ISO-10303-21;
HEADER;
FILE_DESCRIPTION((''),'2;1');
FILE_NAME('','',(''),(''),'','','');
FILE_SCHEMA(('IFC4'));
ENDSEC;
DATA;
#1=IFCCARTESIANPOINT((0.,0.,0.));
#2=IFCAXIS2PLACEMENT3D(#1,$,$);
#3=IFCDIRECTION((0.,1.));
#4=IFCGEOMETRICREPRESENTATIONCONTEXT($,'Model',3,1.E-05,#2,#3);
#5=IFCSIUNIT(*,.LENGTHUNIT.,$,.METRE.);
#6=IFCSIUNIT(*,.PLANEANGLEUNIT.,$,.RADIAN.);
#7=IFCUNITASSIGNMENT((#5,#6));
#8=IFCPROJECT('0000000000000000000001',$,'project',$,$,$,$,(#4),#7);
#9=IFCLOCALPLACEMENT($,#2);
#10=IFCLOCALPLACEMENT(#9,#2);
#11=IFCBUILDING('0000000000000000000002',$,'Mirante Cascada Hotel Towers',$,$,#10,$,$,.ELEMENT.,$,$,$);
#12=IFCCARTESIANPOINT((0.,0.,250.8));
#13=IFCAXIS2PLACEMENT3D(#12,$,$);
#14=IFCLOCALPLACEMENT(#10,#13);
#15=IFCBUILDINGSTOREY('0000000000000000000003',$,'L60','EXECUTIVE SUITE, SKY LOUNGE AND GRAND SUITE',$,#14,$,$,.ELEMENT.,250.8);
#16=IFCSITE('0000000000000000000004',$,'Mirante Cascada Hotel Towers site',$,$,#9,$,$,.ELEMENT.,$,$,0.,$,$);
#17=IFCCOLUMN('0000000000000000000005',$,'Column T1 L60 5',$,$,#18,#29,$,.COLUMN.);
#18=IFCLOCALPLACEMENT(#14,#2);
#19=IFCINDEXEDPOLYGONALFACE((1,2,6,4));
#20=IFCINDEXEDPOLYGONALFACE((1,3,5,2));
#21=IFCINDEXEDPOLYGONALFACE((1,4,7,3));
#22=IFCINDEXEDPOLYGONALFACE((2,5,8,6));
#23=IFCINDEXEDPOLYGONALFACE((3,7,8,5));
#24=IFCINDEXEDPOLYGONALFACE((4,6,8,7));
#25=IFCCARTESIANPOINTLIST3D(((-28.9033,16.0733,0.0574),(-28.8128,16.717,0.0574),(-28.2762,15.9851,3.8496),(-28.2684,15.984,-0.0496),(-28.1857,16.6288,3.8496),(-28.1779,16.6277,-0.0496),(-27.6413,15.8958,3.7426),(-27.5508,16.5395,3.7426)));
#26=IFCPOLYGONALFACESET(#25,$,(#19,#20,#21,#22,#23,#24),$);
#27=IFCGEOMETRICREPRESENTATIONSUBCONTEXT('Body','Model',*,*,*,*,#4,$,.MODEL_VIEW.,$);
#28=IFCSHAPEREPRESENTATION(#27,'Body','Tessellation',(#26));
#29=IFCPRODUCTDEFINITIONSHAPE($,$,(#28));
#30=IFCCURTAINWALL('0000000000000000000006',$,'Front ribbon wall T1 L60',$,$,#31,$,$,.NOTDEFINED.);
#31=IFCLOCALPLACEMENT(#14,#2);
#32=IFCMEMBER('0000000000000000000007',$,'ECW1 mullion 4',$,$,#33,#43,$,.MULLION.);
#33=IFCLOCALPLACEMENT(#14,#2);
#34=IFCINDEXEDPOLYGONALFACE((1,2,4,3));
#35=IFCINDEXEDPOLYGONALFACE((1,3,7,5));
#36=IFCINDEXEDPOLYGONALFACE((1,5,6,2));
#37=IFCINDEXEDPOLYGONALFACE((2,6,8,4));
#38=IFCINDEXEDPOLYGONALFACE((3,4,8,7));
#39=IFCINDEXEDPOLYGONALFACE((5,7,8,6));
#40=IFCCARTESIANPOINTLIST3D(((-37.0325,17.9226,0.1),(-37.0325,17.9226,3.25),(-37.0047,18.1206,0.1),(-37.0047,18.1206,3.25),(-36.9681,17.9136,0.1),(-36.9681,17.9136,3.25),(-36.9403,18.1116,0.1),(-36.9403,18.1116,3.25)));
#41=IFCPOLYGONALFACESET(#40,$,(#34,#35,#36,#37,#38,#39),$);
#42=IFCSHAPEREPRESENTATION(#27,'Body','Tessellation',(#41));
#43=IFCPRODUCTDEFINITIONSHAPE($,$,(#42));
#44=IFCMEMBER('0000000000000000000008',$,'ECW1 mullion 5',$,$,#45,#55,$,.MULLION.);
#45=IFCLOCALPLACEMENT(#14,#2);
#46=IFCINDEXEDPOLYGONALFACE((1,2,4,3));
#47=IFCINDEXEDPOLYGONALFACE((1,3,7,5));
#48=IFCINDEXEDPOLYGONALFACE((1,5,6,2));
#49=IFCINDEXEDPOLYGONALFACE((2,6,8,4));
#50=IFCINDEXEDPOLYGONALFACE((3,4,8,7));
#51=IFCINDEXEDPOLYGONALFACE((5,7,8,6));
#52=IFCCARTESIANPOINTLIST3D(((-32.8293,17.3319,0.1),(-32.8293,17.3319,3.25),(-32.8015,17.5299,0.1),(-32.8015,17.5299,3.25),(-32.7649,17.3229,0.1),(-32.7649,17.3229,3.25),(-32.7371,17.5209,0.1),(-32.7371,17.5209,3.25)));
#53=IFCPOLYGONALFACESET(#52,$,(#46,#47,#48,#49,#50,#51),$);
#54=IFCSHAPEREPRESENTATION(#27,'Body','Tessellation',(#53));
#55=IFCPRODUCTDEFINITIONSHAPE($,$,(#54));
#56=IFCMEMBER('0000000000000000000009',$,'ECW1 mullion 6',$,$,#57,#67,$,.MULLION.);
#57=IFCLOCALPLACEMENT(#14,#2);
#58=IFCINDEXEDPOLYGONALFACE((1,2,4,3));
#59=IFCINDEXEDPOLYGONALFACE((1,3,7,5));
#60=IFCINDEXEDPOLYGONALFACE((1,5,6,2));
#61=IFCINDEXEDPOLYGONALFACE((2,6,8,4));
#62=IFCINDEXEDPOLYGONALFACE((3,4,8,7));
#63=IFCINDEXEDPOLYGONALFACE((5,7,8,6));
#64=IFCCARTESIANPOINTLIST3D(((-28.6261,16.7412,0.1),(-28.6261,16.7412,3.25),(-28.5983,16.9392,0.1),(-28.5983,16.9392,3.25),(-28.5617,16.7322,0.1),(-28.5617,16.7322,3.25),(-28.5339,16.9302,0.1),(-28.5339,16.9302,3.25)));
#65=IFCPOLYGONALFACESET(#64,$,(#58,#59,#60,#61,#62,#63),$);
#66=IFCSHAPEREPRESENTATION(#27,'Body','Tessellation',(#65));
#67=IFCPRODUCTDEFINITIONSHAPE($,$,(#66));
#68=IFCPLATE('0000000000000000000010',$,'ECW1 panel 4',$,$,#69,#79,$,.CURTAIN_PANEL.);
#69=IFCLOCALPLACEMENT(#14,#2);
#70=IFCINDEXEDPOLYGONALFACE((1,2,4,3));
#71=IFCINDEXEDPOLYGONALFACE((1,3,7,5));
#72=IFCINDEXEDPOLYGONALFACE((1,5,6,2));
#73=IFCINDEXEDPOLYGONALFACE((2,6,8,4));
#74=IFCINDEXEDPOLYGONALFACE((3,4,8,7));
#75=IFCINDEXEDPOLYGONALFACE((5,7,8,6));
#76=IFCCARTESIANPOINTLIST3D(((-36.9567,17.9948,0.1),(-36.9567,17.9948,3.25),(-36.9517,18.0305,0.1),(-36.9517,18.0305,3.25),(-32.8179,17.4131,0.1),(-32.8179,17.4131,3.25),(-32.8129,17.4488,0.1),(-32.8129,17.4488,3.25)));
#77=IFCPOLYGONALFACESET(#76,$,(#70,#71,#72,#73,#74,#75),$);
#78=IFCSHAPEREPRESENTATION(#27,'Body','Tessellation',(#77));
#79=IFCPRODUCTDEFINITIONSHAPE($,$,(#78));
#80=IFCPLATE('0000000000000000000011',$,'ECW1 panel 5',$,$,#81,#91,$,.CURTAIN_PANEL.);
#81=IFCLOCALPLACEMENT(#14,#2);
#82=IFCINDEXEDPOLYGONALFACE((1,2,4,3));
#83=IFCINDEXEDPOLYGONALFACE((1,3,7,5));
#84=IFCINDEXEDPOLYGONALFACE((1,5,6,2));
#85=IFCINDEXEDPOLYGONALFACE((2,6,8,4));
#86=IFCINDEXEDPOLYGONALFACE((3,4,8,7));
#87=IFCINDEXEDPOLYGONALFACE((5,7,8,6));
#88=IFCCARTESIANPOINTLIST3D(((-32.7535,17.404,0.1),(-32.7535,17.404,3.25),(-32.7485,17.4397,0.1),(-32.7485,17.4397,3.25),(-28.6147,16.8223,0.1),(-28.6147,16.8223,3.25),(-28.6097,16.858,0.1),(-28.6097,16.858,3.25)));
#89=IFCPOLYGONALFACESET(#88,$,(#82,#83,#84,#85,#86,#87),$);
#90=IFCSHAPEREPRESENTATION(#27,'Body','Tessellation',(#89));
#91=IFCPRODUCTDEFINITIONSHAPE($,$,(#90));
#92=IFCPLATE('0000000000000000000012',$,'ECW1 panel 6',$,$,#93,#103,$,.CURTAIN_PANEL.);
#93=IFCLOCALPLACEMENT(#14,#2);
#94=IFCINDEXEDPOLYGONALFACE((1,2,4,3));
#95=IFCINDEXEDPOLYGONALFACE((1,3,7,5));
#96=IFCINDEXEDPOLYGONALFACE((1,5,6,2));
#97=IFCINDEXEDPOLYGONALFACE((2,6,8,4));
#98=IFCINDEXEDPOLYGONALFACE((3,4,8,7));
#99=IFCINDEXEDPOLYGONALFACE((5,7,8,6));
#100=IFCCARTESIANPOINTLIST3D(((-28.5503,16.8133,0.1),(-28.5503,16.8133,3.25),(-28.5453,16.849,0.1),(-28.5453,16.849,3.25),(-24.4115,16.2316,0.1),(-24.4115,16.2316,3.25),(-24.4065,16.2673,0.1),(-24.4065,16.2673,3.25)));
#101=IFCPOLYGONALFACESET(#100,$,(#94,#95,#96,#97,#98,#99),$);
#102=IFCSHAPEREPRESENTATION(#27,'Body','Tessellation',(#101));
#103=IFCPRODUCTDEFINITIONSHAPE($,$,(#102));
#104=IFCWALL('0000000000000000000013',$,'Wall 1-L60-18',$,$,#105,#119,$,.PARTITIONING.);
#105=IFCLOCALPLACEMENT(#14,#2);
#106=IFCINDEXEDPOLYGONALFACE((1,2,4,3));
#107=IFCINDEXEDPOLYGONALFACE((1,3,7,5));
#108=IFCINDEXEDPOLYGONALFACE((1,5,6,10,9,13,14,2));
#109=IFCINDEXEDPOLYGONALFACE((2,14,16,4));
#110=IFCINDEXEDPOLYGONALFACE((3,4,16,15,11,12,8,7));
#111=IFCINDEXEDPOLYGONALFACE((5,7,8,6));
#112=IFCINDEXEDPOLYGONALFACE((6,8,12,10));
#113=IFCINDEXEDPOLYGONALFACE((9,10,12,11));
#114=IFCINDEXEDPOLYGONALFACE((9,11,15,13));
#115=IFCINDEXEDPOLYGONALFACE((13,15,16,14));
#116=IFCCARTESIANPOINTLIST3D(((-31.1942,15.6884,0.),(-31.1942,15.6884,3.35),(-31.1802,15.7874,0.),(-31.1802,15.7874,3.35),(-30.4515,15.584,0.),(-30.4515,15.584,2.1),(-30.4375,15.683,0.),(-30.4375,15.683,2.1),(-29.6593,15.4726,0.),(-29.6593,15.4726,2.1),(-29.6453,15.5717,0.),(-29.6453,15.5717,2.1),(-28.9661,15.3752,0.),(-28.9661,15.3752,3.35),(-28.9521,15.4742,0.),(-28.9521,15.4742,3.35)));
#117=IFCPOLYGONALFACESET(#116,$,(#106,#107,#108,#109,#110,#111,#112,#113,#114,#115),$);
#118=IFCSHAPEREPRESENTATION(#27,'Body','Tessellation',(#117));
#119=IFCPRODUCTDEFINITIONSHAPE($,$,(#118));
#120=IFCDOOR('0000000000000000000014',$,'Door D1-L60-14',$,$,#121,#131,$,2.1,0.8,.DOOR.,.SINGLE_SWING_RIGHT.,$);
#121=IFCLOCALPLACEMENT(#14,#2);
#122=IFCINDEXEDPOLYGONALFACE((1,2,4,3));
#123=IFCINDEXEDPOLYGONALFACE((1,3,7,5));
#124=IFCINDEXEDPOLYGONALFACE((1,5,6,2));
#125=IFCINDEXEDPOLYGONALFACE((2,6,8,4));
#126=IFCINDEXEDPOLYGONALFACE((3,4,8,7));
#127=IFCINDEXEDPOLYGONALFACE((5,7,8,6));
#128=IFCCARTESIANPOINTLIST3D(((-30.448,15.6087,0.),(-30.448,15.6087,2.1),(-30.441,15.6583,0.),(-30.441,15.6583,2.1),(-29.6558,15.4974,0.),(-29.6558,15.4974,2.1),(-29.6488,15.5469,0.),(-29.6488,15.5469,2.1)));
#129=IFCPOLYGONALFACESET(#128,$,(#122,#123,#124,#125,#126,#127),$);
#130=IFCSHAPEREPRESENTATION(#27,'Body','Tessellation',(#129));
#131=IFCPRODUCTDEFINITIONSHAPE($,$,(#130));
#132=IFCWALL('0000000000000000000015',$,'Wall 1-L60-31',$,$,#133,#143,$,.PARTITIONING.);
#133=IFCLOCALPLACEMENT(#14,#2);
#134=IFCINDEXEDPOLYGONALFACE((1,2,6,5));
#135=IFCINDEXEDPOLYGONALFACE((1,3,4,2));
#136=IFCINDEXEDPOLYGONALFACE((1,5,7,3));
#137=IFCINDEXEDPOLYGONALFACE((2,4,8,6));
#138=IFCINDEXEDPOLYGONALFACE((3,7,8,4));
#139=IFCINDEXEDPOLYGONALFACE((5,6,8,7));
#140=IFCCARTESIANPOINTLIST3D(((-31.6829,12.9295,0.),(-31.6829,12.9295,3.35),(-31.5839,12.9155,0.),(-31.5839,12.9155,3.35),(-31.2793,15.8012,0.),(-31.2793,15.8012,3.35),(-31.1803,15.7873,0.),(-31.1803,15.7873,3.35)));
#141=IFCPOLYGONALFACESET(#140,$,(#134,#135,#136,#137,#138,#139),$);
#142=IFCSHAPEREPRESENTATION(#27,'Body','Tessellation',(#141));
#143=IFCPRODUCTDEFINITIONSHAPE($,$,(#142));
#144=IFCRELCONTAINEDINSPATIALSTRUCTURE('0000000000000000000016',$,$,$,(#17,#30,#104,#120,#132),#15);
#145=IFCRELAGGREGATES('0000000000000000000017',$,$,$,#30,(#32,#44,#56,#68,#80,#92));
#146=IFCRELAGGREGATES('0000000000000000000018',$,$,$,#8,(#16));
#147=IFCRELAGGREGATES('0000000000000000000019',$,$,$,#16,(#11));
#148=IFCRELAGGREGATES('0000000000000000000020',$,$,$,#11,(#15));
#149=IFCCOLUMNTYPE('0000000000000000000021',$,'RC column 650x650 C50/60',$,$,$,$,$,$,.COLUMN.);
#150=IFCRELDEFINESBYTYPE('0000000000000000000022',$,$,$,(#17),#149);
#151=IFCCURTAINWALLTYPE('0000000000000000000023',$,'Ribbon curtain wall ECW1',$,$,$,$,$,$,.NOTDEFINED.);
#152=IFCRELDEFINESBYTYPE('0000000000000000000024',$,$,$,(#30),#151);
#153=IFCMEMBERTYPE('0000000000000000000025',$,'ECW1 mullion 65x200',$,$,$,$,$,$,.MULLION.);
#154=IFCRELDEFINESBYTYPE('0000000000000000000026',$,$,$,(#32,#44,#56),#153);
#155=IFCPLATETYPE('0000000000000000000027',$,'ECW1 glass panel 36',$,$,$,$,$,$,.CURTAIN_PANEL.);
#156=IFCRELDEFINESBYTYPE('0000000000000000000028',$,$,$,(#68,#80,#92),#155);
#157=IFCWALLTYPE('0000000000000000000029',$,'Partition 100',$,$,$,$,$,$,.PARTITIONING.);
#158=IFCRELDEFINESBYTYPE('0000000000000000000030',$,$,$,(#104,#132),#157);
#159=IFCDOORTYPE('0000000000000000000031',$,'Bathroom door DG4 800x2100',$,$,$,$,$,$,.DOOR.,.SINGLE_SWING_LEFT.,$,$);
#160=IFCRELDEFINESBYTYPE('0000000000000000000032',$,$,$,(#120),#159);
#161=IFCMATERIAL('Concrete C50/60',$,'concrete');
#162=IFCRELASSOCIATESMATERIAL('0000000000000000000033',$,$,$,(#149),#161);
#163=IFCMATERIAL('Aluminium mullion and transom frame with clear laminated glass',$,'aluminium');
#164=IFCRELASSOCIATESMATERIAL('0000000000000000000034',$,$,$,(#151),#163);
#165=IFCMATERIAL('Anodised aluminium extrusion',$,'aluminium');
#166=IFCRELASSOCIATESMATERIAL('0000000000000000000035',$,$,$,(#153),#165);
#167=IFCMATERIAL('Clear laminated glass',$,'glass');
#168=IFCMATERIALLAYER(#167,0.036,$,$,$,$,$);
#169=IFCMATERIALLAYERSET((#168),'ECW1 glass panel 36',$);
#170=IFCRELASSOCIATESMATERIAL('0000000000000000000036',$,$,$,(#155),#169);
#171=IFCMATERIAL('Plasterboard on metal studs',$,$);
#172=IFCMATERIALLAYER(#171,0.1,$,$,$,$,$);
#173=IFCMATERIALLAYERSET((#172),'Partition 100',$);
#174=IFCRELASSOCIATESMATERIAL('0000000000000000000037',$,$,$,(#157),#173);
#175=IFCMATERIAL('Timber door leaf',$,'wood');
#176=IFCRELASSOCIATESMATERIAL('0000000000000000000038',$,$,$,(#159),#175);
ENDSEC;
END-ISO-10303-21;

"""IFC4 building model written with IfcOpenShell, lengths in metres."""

from ifc_helpers import new_model, si_unit, direction, frame, frame_2d, origin, origin_2d, place, context, subcontext, project, spatial, rectangle, extrude, material, layer, layer_set, material_profile, profile_set, type_object, element, fill, aggregate, save


model = new_model("IFC4")

# Units and contexts
model_context = context("Model", 3, precision=1e-05, world=origin(), true_north=direction((0.0, 1.0)))
body_context = subcontext(model_context, "Body", "Model", "MODEL_VIEW")
ifc_project = project(units=[si_unit("LENGTHUNIT", "METRE"), si_unit("PLANEANGLEUNIT", "RADIAN")], contexts=[model_context])

# Site, building, storey
site_placement = place(None, origin())
site = spatial("IfcSite", under=ifc_project, at=site_placement, Name="Mirante Cascada Hotel Towers site", CompositionType="ELEMENT", RefElevation=0.0)
building_placement = place(site_placement, origin())
building = spatial("IfcBuilding", under=site, at=building_placement, Name="Mirante Cascada Hotel Towers", CompositionType="ELEMENT")
storey_placement = place(building_placement, frame((0.0, 0.0, 250.8)))
storey = spatial("IfcBuildingStorey", under=building, at=storey_placement, Name="L60", Description="EXECUTIVE SUITE, SKY LOUNGE AND GRAND SUITE", CompositionType="ELEMENT", Elevation=250.8)

# Column
ifc_material_1 = material(Name="Concrete C50/60", Category="concrete")
ifc_material_profile_1 = material_profile(ifc_material_1, rectangle(XDim=0.65, YDim=0.65, at=origin_2d()), Name="RC column 650x650 C50/60")
ifc_profile_set_1 = profile_set([ifc_material_profile_1], Name="Concrete C50/60")
column_type = type_object("IfcColumnType", Name="RC column 650x650 C50/60", PredefinedType="COLUMN", material=ifc_profile_set_1)
column_placement = place(storey_placement, frame((-28.5406, 16.3505, 0.0039), z_axis=(0.163107, -0.022941, 0.986342), x_axis=(0.139277, 0.990254, 0.0)))
element("IfcColumn", 1, at=column_placement, inside=storey, type_object=column_type, Name="Column T1 L60 5", PredefinedType="COLUMN", context=body_context, shape_type="SweptSolid", body=[
    extrude(rectangle(XDim=0.65, YDim=0.65, at=origin_2d()), origin(), (0.0, 0.0, 1.0), 3.8447),
])

# Curtain wall, members, plates
ifc_material_2 = material(Name="Aluminium mullion and transom frame with clear laminated glass", Category="aluminium")
curtain_wall_type = type_object("IfcCurtainWallType", Name="Ribbon curtain wall ECW1", PredefinedType="NOTDEFINED", material=ifc_material_2)
curtain_wall_placement = place(storey_placement, origin())
curtain_wall = element("IfcCurtainWall", 2, at=curtain_wall_placement, inside=storey, type_object=curtain_wall_type, Name="Front ribbon wall T1 L60", PredefinedType="NOTDEFINED")
ifc_material_3 = material(Name="Anodised aluminium extrusion", Category="aluminium")
ifc_material_profile_2 = material_profile(ifc_material_3, rectangle(XDim=0.2, YDim=0.065, at=origin_2d()), Name="ECW1 MULLION 65x200")
ifc_profile_set_2 = profile_set([ifc_material_profile_2], Name="Anodised aluminium extrusion")
member_type = type_object("IfcMemberType", Name="ECW1 mullion 65x200", PredefinedType="MULLION", material=ifc_profile_set_2)
member_1_placement = place(storey_placement, frame((-36.9864, 18.0171, 0.1), z_axis=(0.0, 0.0, 1.0), x_axis=(0.139173, 0.990268, 0.0)))
member_1 = element("IfcMember", 3, at=member_1_placement, type_object=member_type, Name="ECW1 mullion 4", PredefinedType="MULLION", context=body_context, shape_type="SweptSolid", body=[
    extrude(rectangle(XDim=0.2, YDim=0.065, at=origin_2d()), origin(), (0.0, 0.0, 1.0), 3.15),
])
member_2_placement = place(storey_placement, frame((-32.7832, 17.4264, 0.1), z_axis=(0.0, 0.0, 1.0), x_axis=(0.139173, 0.990268, 0.0)))
member_2 = element("IfcMember", 4, at=member_2_placement, type_object=member_type, Name="ECW1 mullion 5", PredefinedType="MULLION", context=body_context, shape_type="SweptSolid", body=[
    extrude(rectangle(XDim=0.2, YDim=0.065, at=origin_2d()), origin(), (0.0, 0.0, 1.0), 3.15),
])
member_3_placement = place(storey_placement, frame((-28.58, 16.8357, 0.1), z_axis=(0.0, 0.0, 1.0), x_axis=(0.139173, 0.990268, 0.0)))
member_3 = element("IfcMember", 5, at=member_3_placement, type_object=member_type, Name="ECW1 mullion 6", PredefinedType="MULLION", context=body_context, shape_type="SweptSolid", body=[
    extrude(rectangle(XDim=0.2, YDim=0.065, at=origin_2d()), origin(), (0.0, 0.0, 1.0), 3.15),
])
ifc_material_4 = material(Name="Clear laminated glass", Category="glass")
ifc_layer_1 = layer(ifc_material_4, 0.036)
ifc_layer_set_1 = layer_set([ifc_layer_1], Name="ECW1 glass panel 36")
plate_type = type_object("IfcPlateType", Name="ECW1 glass panel 36", PredefinedType="CURTAIN_PANEL", material=ifc_layer_set_1)
plate_1_placement = place(storey_placement, frame((-34.8848, 17.7218, 0.1), z_axis=(0.0, 0.0, 1.0), x_axis=(0.990268, -0.139173, 0.0)))
plate_1 = element("IfcPlate", 6, at=plate_1_placement, type_object=plate_type, Name="ECW1 panel 4", PredefinedType="CURTAIN_PANEL", context=body_context, shape_type="SweptSolid", body=[
    extrude(rectangle(XDim=4.1795, YDim=0.036, at=origin_2d()), origin(), (0.0, 0.0, 1.0), 3.15),
])
plate_2_placement = place(storey_placement, frame((-30.6816, 17.131, 0.1), z_axis=(0.0, 0.0, 1.0), x_axis=(0.990268, -0.139173, 0.0)))
plate_2 = element("IfcPlate", 7, at=plate_2_placement, type_object=plate_type, Name="ECW1 panel 5", PredefinedType="CURTAIN_PANEL", context=body_context, shape_type="SweptSolid", body=[
    extrude(rectangle(XDim=4.1795, YDim=0.036, at=origin_2d()), origin(), (0.0, 0.0, 1.0), 3.15),
])
plate_3_placement = place(storey_placement, frame((-26.4784, 16.5403, 0.1), z_axis=(0.0, 0.0, 1.0), x_axis=(0.990268, -0.139173, 0.0)))
plate_3 = element("IfcPlate", 8, at=plate_3_placement, type_object=plate_type, Name="ECW1 panel 6", PredefinedType="CURTAIN_PANEL", context=body_context, shape_type="SweptSolid", body=[
    extrude(rectangle(XDim=4.1795, YDim=0.036, at=origin_2d()), origin(), (0.0, 0.0, 1.0), 3.15),
])
aggregate(curtain_wall, [member_1, member_2, member_3, plate_1, plate_2, plate_3])

# Wall, opening, door
ifc_material_5 = material(Name="Plasterboard on metal studs")
ifc_layer_2 = layer(ifc_material_5, 0.1)
ifc_layer_set_2 = layer_set([ifc_layer_2], Name="Partition 100")
wall_type = type_object("IfcWallType", Name="Partition 100", PredefinedType="PARTITIONING", material=ifc_layer_set_2)
wall_1_placement = place(storey_placement, frame((-31.1872, 15.7379, 0.0), z_axis=(0.0, 0.0, 1.0), x_axis=(0.990264, -0.1392, 0.0)))
wall_1 = element("IfcWall", 9, at=wall_1_placement, inside=storey, type_object=wall_type, Name="Wall 1-L60-18", PredefinedType="PARTITIONING", context=body_context, shape_type="SweptSolid", body=[
    extrude(rectangle(XDim=2.25, YDim=0.1, at=frame_2d((1.125, 0.0))), origin(), (0.0, 0.0, 1.0), 3.35),
])
opening_1_placement = place(wall_1_placement, frame((0.75, 0.0, 0.0)))
opening_1 = element("IfcOpeningElement", 10, at=opening_1_placement, cuts=wall_1, PredefinedType="OPENING", context=body_context, shape_type="SweptSolid", body=[
    extrude(rectangle(XDim=0.8, YDim=2.1, at=frame_2d((0.4, 1.05))), frame((0.0, 0.05, 0.0), z_axis=(0.0, -1.0, 0.0), x_axis=(1.0, 0.0, 0.0)), (0.0, 0.0, 1.0), 0.1),
])
ifc_material_6 = material(Name="Timber door leaf", Category="wood")
door_type_1 = type_object("IfcDoorType", Name="Bathroom door DG4 800x2100", OperationType="SINGLE_SWING_LEFT", PredefinedType="DOOR", material=ifc_material_6)
door_1_placement = place(opening_1_placement, frame((0.8, 0.0, 0.0), z_axis=(0.0, 0.0, 1.0), x_axis=(-1.0, 0.0, 0.0)))
door_1 = element("IfcDoor", 11, at=door_1_placement, inside=storey, type_object=door_type_1, Name="Door D1-L60-14", OperationType="SINGLE_SWING_RIGHT", OverallHeight=2.1, OverallWidth=0.8, PredefinedType="DOOR", context=body_context, shape_type="SweptSolid", body=[
    extrude(rectangle(XDim=0.8, YDim=2.1, at=frame_2d((0.4, 1.05))), frame((0.0, 0.025, 0.0), z_axis=(0.0, -1.0, 0.0), x_axis=(1.0, 0.0, 0.0)), (0.0, 0.0, 1.0), 0.05),
])
fill(opening_1, door_1)

# Wall
wall_2_placement = place(storey_placement, frame((-31.6334, 12.9225, 0.0), z_axis=(0.0, 0.0, 1.0), x_axis=(0.139171, 0.990268, 0.0)))
element("IfcWall", 12, at=wall_2_placement, inside=storey, type_object=wall_type, Name="Wall 1-L60-31", PredefinedType="PARTITIONING", context=body_context, shape_type="SweptSolid", body=[
    extrude(rectangle(XDim=2.9, YDim=0.1, at=frame_2d((1.45, 0.0))), origin(), (0.0, 0.0, 1.0), 3.35),
])

save(model, "model.ifc")
